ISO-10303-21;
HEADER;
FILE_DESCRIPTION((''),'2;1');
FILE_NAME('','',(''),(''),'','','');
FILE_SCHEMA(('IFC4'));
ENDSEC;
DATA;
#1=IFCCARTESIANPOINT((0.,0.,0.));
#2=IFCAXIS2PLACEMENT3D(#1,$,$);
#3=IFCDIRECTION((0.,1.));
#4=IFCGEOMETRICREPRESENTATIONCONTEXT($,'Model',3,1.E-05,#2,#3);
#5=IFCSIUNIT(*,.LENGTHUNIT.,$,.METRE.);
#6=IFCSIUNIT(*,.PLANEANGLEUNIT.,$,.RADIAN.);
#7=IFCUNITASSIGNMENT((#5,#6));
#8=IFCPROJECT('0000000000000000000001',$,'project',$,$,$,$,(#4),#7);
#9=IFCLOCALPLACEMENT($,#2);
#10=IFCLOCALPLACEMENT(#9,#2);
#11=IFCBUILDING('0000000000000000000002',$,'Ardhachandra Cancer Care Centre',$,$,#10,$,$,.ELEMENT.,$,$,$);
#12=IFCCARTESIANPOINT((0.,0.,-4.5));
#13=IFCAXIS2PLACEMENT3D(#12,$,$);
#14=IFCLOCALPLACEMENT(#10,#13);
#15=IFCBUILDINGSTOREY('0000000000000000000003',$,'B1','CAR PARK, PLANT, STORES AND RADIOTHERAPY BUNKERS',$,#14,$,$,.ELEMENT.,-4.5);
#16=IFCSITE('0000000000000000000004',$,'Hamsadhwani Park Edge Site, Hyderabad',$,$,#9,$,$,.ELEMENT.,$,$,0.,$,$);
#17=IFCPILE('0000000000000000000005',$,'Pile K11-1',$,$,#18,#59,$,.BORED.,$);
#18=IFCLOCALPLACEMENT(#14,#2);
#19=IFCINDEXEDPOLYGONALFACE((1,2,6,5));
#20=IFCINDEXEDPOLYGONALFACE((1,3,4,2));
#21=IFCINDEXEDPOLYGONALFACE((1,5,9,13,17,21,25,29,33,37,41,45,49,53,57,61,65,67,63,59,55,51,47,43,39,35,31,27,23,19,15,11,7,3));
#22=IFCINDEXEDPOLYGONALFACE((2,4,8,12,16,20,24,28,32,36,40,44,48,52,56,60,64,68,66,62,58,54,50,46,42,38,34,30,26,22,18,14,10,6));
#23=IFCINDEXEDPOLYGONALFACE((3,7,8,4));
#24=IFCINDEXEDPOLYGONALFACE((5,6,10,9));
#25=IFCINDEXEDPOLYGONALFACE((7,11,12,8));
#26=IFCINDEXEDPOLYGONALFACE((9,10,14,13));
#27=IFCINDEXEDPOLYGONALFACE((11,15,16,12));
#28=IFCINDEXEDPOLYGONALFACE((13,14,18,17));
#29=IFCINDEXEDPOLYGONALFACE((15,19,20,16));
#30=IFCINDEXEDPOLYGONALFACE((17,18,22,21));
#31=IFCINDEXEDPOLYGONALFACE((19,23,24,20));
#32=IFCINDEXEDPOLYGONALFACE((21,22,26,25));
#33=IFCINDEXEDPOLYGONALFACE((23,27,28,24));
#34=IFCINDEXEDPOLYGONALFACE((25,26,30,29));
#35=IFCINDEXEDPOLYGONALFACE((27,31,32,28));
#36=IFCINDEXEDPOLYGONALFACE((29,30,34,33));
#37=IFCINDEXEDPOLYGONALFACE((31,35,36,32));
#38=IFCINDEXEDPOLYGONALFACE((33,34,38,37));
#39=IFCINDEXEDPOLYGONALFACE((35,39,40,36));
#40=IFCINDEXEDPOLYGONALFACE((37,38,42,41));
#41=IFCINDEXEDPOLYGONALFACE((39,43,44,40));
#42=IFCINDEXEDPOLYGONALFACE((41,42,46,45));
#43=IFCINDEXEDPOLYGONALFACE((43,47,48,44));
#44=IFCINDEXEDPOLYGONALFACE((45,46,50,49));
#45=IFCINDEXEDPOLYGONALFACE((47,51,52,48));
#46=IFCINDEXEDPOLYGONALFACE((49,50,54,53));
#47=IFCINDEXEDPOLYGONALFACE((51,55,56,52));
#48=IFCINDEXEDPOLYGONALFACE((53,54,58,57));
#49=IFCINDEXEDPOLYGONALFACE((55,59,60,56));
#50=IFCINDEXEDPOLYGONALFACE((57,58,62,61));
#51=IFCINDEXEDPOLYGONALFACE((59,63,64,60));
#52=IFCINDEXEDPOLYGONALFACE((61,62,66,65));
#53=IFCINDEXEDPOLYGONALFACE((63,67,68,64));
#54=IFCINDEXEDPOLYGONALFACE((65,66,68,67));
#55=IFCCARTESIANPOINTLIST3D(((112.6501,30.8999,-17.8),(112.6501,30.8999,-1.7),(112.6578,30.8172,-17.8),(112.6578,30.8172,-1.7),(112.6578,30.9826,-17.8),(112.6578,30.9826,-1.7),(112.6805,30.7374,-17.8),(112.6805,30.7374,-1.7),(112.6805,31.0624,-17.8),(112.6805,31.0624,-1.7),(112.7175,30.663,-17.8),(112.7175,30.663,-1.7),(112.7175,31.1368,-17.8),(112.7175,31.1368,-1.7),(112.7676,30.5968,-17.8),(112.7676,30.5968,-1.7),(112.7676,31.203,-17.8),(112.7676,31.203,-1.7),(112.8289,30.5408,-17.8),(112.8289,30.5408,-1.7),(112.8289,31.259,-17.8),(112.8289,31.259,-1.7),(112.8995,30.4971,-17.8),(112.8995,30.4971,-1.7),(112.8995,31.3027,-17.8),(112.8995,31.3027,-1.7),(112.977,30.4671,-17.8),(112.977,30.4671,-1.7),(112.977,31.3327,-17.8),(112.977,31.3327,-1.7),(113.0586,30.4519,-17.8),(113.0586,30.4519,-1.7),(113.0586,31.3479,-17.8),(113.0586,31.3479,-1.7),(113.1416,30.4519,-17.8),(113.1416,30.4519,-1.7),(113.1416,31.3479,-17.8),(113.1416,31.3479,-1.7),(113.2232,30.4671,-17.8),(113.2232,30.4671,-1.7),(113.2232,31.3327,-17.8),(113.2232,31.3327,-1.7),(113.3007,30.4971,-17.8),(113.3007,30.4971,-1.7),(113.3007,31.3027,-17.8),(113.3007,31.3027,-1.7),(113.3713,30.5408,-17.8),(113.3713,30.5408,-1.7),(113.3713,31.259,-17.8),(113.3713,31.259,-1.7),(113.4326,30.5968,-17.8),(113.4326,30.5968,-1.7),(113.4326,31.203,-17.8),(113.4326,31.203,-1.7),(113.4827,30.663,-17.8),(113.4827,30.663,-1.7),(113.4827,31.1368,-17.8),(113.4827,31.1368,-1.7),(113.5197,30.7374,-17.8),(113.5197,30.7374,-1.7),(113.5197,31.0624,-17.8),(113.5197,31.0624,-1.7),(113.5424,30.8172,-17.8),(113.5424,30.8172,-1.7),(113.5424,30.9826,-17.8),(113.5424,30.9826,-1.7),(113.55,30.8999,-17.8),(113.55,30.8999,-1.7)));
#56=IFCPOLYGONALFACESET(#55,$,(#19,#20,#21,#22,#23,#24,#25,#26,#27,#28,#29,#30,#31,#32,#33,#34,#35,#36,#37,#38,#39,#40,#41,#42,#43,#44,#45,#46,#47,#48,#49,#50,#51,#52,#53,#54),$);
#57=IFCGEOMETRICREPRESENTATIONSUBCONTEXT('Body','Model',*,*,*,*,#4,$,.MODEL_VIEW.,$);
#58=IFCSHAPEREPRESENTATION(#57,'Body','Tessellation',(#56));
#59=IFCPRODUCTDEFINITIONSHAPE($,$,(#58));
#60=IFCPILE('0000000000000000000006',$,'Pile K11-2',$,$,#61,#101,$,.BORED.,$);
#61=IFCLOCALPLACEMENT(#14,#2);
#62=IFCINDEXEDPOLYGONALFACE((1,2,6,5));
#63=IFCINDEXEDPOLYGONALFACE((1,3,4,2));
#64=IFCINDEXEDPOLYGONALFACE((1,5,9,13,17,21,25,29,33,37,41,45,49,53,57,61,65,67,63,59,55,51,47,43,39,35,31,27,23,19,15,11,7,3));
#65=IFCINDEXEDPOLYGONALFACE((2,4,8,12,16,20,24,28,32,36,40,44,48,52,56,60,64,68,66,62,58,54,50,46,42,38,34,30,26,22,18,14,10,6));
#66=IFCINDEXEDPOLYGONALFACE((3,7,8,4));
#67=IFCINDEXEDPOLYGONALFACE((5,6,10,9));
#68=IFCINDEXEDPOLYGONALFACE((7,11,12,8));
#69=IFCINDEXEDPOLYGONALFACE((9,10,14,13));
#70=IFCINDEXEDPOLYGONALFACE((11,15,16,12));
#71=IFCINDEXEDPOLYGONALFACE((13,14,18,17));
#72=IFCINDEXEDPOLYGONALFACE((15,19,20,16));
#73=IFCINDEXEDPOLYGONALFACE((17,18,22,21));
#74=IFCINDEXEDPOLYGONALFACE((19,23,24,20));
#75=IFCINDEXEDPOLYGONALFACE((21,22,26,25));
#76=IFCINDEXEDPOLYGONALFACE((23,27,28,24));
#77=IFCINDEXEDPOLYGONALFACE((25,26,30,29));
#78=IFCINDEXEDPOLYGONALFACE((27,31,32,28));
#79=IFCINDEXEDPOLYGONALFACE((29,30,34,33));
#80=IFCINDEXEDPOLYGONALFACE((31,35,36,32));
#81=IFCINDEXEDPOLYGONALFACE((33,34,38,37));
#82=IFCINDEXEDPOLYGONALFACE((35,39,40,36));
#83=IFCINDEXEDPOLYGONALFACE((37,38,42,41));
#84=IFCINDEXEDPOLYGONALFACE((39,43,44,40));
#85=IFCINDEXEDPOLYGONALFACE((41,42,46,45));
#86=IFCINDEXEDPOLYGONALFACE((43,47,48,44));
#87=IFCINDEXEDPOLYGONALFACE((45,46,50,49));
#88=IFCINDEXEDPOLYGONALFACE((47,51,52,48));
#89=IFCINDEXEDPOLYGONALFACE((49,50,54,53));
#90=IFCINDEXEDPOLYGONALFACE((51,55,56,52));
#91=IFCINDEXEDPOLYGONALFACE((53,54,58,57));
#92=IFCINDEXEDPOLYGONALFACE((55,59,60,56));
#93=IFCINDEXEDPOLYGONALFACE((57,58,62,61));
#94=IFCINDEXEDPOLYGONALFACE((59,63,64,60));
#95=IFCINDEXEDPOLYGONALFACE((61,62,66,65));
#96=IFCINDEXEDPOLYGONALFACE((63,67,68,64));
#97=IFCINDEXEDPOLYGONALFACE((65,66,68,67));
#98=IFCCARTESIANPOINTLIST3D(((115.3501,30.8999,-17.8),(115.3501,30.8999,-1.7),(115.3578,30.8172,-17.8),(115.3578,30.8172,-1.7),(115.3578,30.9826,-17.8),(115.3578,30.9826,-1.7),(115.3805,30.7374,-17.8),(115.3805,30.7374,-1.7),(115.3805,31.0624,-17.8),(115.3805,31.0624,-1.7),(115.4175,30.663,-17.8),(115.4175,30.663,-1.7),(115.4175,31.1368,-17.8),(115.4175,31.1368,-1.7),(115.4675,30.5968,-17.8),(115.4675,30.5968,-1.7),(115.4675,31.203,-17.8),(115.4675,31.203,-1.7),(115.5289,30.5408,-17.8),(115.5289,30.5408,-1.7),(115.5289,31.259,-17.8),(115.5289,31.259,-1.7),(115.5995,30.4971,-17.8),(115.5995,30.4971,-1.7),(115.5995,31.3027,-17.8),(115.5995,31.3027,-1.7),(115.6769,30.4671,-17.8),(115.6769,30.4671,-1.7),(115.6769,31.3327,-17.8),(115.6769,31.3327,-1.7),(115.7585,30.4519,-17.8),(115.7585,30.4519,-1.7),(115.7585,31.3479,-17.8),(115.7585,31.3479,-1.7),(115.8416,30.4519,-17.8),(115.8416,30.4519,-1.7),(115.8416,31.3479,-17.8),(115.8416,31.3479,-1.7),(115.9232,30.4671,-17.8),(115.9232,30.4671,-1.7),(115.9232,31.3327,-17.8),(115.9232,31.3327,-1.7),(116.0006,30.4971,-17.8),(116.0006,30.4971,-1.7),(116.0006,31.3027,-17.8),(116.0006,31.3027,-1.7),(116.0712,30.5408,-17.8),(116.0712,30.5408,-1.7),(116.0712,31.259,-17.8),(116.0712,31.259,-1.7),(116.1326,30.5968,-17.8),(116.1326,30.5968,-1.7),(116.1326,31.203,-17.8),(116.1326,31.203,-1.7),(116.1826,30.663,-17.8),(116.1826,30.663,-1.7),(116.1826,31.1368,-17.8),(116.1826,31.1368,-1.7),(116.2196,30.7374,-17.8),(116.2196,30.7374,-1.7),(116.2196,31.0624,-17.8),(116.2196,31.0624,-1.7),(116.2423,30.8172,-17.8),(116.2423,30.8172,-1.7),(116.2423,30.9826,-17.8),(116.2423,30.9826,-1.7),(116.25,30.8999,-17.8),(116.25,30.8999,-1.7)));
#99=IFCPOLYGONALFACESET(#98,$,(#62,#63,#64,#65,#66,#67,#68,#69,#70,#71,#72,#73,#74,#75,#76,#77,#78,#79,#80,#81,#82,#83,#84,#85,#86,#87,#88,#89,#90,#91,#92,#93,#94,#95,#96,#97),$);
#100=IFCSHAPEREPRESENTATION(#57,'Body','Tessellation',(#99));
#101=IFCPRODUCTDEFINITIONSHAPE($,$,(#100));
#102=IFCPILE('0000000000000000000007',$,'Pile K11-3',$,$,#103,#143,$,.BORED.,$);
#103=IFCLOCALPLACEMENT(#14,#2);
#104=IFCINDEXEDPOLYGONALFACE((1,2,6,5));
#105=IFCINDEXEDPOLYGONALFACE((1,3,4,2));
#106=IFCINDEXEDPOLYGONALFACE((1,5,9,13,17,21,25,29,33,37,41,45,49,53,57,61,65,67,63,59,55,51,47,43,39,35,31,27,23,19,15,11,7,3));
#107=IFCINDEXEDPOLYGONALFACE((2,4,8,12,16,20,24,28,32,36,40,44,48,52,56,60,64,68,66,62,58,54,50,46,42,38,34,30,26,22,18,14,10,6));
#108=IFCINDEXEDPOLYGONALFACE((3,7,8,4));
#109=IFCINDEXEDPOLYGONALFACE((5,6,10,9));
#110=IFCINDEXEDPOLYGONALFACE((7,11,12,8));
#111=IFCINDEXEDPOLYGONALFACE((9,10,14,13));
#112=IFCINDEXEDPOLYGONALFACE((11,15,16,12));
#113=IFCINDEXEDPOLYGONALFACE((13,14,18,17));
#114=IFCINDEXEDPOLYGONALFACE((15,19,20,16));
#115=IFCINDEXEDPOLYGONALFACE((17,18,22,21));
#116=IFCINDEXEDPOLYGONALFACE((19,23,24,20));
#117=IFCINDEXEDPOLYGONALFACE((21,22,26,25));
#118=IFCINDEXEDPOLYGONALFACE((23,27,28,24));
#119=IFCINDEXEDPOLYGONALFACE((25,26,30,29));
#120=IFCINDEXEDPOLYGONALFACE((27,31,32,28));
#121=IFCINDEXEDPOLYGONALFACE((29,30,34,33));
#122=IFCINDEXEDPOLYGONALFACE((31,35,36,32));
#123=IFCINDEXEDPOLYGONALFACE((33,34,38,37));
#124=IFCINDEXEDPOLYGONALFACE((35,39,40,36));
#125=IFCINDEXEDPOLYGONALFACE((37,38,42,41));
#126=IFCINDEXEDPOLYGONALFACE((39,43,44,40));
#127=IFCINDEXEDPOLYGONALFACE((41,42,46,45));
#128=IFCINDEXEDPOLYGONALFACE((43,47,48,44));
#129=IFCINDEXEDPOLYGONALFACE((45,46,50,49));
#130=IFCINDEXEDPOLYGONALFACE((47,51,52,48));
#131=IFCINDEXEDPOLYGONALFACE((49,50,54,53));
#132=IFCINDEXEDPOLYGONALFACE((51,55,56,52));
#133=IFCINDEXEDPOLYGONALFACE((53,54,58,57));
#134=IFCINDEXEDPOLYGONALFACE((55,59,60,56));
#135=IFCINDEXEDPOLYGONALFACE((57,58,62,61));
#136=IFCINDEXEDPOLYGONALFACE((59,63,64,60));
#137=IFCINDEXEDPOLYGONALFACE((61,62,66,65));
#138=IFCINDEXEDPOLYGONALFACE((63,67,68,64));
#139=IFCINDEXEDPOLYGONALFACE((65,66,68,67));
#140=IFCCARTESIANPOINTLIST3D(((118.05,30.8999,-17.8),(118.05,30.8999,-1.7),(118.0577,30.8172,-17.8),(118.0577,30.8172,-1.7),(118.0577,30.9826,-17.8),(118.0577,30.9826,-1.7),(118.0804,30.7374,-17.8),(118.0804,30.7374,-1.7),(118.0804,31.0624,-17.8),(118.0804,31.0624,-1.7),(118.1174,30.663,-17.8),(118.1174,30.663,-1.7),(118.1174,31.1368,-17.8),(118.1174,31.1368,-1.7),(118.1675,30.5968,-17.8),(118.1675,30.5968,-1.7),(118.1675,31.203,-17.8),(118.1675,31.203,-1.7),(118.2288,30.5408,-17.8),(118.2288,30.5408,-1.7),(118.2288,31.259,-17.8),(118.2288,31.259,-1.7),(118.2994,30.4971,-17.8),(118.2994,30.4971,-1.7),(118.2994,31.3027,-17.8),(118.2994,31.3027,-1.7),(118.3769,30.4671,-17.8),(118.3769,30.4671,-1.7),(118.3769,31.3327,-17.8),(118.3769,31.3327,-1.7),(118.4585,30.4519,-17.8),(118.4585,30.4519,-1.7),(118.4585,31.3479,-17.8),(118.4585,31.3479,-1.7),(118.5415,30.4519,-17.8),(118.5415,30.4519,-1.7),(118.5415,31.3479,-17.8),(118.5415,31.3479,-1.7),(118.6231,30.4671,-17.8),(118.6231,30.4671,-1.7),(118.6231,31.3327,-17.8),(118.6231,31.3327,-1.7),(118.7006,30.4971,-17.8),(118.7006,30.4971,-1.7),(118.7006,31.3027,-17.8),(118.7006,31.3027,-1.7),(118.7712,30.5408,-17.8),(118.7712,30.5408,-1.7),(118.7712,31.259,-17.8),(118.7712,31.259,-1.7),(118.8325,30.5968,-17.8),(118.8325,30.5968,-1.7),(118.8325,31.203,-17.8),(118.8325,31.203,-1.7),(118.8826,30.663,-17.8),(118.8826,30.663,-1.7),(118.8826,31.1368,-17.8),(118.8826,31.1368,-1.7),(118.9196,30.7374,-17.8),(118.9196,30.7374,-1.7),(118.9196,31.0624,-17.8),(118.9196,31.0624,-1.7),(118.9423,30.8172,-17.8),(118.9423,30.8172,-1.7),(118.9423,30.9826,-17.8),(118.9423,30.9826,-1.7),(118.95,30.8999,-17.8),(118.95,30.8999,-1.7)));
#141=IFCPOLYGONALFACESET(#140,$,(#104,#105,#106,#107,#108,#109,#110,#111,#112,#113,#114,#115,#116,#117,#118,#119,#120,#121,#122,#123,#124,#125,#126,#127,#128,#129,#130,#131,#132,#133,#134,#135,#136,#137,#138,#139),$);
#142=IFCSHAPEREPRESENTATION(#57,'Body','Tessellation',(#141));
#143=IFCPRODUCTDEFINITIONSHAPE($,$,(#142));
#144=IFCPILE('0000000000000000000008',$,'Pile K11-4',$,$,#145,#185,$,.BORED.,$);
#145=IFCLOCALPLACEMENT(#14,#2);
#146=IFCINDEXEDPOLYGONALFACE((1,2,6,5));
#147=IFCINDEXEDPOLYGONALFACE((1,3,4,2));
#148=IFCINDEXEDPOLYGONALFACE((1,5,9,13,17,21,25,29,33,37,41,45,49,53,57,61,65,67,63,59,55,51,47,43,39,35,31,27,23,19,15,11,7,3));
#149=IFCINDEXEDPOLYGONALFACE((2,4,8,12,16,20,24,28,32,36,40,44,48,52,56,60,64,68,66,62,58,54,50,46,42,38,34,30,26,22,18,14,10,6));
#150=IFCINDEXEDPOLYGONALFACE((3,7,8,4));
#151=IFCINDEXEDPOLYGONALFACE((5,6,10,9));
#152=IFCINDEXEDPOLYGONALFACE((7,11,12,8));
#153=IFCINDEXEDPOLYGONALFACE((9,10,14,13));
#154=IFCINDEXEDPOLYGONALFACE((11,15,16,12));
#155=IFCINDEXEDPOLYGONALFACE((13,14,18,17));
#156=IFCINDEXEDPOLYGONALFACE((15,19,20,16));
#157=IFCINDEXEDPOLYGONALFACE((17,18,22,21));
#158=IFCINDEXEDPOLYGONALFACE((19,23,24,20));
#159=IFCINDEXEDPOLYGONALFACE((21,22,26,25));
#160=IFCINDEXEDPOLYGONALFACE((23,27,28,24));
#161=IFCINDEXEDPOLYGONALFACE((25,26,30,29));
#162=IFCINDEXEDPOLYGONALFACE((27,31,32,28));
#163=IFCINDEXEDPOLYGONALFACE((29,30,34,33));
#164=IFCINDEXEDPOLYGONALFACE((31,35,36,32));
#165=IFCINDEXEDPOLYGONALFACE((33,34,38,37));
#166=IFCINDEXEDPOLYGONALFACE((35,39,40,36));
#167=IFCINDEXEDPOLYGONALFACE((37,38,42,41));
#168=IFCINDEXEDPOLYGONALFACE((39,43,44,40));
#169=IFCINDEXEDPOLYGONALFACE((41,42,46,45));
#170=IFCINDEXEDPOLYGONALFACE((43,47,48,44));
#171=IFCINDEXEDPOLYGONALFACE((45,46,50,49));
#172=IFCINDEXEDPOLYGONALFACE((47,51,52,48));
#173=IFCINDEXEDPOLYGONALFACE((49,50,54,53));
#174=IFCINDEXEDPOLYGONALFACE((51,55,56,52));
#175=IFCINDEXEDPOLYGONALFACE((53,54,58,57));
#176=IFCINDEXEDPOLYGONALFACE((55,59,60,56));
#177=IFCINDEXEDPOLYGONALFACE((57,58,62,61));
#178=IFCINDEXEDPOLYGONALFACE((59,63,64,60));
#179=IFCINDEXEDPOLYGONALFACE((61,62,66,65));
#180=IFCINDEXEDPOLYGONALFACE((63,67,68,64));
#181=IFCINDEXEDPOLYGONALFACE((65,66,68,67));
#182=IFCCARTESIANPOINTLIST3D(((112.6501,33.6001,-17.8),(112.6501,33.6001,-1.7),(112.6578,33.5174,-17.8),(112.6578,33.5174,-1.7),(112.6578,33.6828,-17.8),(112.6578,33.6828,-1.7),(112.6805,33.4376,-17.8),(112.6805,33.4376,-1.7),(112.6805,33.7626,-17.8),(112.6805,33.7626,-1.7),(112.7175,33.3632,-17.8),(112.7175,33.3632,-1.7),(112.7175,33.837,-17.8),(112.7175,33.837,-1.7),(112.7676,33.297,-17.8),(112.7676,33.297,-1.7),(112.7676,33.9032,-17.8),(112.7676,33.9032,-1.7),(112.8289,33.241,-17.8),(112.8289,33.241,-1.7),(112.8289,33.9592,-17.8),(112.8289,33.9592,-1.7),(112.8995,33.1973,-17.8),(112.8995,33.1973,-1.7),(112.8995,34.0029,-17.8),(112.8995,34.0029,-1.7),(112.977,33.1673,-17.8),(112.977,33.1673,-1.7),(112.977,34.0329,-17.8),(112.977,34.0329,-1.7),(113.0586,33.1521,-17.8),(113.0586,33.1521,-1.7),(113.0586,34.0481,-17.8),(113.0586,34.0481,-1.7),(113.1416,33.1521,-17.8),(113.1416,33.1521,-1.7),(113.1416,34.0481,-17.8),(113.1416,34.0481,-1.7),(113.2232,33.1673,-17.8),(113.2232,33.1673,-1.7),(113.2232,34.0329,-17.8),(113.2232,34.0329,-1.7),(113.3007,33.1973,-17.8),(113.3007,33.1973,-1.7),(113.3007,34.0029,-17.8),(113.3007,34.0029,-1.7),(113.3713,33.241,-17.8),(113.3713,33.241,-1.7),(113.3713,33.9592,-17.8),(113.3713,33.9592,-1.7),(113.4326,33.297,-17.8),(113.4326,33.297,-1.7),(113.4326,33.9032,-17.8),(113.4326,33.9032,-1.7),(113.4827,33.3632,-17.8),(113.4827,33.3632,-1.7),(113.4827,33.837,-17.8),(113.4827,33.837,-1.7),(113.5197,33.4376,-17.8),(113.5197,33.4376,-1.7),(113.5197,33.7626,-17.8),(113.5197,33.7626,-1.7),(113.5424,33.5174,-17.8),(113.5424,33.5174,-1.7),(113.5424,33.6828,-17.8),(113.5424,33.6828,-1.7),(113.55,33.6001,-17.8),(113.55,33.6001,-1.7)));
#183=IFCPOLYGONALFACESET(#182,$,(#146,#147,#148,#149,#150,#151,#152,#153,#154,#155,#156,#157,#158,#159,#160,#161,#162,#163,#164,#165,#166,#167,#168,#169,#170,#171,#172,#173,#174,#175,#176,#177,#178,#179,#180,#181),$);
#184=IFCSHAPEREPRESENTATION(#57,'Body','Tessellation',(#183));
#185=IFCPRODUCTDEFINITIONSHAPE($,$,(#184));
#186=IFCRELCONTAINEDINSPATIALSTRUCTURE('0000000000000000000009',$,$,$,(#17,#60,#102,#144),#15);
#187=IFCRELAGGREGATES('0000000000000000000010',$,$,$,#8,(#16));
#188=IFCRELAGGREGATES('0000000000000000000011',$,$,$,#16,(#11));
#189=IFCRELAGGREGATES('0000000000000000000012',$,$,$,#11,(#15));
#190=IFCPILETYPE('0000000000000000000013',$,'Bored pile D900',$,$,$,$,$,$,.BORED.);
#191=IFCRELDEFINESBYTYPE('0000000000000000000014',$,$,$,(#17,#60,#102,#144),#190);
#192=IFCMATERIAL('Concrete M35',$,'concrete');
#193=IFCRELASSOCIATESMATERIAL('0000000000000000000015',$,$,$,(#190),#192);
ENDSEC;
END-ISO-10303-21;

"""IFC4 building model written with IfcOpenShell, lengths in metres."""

from ifc_helpers import new_model, si_unit, direction, frame, origin, origin_2d, place, context, subcontext, project, spatial, circle, extrude, material, material_profile, profile_set, type_object, element, save


model = new_model("IFC4")

# Units and contexts
model_context = context("Model", 3, precision=1e-05, world=origin(), true_north=direction((0.0, 1.0)))
body_context = subcontext(model_context, "Body", "Model", "MODEL_VIEW")
ifc_project = project(units=[si_unit("LENGTHUNIT", "METRE"), si_unit("PLANEANGLEUNIT", "RADIAN")], contexts=[model_context])

# Site, building, storey
site_placement = place(None, origin())
site = spatial("IfcSite", under=ifc_project, at=site_placement, Name="Hamsadhwani Park Edge Site, Hyderabad", CompositionType="ELEMENT", RefElevation=0.0)
building_placement = place(site_placement, origin())
building = spatial("IfcBuilding", under=site, at=building_placement, Name="Ardhachandra Cancer Care Centre", CompositionType="ELEMENT")
storey_placement = place(building_placement, frame((0.0, 0.0, -4.5)))
storey = spatial("IfcBuildingStorey", under=building, at=storey_placement, Name="B1", Description="CAR PARK, PLANT, STORES AND RADIOTHERAPY BUNKERS", CompositionType="ELEMENT", Elevation=-4.5)

# Piles
ifc_material_1 = material(Name="Concrete M35", Category="concrete")
ifc_material_profile_1 = material_profile(ifc_material_1, circle(Radius=0.45, at=origin_2d()), Name="D900")
ifc_profile_set_1 = profile_set([ifc_material_profile_1], Name="Concrete M35")
pile_type_1 = type_object("IfcPileType", Name="Bored pile D900", PredefinedType="BORED", material=ifc_profile_set_1)
for number, where, z_axis, x_axis, name in (
    (1, (113.1001, 30.8999, -1.7), (0.0, 0.0, -1.0), (1.0, 0.0, 0.0), "Pile K11-1"),
    (2, (115.8, 30.8999, -1.7), (0.0, 0.0, -1.0), (1.0, 0.0, 0.0), "Pile K11-2"),
    (3, (118.5, 30.8999, -1.7), (0.0, 0.0, -1.0), (1.0, 0.0, 0.0), "Pile K11-3"),
    (4, (113.1001, 33.6001, -1.7), (0.0, 0.0, -1.0), (1.0, 0.0, 0.0), "Pile K11-4"),
):
    element("IfcPile", number, at=place(storey_placement, frame(where, z_axis=z_axis, x_axis=x_axis)), inside=storey, type_object=pile_type_1, Name=name, PredefinedType="BORED", context=body_context, shape_type="SweptSolid", body=[
        extrude(circle(Radius=0.45, at=origin_2d()), origin(), (0.0, 0.0, 1.0), 16.1001),
    ])

save(model, "model.ifc")
